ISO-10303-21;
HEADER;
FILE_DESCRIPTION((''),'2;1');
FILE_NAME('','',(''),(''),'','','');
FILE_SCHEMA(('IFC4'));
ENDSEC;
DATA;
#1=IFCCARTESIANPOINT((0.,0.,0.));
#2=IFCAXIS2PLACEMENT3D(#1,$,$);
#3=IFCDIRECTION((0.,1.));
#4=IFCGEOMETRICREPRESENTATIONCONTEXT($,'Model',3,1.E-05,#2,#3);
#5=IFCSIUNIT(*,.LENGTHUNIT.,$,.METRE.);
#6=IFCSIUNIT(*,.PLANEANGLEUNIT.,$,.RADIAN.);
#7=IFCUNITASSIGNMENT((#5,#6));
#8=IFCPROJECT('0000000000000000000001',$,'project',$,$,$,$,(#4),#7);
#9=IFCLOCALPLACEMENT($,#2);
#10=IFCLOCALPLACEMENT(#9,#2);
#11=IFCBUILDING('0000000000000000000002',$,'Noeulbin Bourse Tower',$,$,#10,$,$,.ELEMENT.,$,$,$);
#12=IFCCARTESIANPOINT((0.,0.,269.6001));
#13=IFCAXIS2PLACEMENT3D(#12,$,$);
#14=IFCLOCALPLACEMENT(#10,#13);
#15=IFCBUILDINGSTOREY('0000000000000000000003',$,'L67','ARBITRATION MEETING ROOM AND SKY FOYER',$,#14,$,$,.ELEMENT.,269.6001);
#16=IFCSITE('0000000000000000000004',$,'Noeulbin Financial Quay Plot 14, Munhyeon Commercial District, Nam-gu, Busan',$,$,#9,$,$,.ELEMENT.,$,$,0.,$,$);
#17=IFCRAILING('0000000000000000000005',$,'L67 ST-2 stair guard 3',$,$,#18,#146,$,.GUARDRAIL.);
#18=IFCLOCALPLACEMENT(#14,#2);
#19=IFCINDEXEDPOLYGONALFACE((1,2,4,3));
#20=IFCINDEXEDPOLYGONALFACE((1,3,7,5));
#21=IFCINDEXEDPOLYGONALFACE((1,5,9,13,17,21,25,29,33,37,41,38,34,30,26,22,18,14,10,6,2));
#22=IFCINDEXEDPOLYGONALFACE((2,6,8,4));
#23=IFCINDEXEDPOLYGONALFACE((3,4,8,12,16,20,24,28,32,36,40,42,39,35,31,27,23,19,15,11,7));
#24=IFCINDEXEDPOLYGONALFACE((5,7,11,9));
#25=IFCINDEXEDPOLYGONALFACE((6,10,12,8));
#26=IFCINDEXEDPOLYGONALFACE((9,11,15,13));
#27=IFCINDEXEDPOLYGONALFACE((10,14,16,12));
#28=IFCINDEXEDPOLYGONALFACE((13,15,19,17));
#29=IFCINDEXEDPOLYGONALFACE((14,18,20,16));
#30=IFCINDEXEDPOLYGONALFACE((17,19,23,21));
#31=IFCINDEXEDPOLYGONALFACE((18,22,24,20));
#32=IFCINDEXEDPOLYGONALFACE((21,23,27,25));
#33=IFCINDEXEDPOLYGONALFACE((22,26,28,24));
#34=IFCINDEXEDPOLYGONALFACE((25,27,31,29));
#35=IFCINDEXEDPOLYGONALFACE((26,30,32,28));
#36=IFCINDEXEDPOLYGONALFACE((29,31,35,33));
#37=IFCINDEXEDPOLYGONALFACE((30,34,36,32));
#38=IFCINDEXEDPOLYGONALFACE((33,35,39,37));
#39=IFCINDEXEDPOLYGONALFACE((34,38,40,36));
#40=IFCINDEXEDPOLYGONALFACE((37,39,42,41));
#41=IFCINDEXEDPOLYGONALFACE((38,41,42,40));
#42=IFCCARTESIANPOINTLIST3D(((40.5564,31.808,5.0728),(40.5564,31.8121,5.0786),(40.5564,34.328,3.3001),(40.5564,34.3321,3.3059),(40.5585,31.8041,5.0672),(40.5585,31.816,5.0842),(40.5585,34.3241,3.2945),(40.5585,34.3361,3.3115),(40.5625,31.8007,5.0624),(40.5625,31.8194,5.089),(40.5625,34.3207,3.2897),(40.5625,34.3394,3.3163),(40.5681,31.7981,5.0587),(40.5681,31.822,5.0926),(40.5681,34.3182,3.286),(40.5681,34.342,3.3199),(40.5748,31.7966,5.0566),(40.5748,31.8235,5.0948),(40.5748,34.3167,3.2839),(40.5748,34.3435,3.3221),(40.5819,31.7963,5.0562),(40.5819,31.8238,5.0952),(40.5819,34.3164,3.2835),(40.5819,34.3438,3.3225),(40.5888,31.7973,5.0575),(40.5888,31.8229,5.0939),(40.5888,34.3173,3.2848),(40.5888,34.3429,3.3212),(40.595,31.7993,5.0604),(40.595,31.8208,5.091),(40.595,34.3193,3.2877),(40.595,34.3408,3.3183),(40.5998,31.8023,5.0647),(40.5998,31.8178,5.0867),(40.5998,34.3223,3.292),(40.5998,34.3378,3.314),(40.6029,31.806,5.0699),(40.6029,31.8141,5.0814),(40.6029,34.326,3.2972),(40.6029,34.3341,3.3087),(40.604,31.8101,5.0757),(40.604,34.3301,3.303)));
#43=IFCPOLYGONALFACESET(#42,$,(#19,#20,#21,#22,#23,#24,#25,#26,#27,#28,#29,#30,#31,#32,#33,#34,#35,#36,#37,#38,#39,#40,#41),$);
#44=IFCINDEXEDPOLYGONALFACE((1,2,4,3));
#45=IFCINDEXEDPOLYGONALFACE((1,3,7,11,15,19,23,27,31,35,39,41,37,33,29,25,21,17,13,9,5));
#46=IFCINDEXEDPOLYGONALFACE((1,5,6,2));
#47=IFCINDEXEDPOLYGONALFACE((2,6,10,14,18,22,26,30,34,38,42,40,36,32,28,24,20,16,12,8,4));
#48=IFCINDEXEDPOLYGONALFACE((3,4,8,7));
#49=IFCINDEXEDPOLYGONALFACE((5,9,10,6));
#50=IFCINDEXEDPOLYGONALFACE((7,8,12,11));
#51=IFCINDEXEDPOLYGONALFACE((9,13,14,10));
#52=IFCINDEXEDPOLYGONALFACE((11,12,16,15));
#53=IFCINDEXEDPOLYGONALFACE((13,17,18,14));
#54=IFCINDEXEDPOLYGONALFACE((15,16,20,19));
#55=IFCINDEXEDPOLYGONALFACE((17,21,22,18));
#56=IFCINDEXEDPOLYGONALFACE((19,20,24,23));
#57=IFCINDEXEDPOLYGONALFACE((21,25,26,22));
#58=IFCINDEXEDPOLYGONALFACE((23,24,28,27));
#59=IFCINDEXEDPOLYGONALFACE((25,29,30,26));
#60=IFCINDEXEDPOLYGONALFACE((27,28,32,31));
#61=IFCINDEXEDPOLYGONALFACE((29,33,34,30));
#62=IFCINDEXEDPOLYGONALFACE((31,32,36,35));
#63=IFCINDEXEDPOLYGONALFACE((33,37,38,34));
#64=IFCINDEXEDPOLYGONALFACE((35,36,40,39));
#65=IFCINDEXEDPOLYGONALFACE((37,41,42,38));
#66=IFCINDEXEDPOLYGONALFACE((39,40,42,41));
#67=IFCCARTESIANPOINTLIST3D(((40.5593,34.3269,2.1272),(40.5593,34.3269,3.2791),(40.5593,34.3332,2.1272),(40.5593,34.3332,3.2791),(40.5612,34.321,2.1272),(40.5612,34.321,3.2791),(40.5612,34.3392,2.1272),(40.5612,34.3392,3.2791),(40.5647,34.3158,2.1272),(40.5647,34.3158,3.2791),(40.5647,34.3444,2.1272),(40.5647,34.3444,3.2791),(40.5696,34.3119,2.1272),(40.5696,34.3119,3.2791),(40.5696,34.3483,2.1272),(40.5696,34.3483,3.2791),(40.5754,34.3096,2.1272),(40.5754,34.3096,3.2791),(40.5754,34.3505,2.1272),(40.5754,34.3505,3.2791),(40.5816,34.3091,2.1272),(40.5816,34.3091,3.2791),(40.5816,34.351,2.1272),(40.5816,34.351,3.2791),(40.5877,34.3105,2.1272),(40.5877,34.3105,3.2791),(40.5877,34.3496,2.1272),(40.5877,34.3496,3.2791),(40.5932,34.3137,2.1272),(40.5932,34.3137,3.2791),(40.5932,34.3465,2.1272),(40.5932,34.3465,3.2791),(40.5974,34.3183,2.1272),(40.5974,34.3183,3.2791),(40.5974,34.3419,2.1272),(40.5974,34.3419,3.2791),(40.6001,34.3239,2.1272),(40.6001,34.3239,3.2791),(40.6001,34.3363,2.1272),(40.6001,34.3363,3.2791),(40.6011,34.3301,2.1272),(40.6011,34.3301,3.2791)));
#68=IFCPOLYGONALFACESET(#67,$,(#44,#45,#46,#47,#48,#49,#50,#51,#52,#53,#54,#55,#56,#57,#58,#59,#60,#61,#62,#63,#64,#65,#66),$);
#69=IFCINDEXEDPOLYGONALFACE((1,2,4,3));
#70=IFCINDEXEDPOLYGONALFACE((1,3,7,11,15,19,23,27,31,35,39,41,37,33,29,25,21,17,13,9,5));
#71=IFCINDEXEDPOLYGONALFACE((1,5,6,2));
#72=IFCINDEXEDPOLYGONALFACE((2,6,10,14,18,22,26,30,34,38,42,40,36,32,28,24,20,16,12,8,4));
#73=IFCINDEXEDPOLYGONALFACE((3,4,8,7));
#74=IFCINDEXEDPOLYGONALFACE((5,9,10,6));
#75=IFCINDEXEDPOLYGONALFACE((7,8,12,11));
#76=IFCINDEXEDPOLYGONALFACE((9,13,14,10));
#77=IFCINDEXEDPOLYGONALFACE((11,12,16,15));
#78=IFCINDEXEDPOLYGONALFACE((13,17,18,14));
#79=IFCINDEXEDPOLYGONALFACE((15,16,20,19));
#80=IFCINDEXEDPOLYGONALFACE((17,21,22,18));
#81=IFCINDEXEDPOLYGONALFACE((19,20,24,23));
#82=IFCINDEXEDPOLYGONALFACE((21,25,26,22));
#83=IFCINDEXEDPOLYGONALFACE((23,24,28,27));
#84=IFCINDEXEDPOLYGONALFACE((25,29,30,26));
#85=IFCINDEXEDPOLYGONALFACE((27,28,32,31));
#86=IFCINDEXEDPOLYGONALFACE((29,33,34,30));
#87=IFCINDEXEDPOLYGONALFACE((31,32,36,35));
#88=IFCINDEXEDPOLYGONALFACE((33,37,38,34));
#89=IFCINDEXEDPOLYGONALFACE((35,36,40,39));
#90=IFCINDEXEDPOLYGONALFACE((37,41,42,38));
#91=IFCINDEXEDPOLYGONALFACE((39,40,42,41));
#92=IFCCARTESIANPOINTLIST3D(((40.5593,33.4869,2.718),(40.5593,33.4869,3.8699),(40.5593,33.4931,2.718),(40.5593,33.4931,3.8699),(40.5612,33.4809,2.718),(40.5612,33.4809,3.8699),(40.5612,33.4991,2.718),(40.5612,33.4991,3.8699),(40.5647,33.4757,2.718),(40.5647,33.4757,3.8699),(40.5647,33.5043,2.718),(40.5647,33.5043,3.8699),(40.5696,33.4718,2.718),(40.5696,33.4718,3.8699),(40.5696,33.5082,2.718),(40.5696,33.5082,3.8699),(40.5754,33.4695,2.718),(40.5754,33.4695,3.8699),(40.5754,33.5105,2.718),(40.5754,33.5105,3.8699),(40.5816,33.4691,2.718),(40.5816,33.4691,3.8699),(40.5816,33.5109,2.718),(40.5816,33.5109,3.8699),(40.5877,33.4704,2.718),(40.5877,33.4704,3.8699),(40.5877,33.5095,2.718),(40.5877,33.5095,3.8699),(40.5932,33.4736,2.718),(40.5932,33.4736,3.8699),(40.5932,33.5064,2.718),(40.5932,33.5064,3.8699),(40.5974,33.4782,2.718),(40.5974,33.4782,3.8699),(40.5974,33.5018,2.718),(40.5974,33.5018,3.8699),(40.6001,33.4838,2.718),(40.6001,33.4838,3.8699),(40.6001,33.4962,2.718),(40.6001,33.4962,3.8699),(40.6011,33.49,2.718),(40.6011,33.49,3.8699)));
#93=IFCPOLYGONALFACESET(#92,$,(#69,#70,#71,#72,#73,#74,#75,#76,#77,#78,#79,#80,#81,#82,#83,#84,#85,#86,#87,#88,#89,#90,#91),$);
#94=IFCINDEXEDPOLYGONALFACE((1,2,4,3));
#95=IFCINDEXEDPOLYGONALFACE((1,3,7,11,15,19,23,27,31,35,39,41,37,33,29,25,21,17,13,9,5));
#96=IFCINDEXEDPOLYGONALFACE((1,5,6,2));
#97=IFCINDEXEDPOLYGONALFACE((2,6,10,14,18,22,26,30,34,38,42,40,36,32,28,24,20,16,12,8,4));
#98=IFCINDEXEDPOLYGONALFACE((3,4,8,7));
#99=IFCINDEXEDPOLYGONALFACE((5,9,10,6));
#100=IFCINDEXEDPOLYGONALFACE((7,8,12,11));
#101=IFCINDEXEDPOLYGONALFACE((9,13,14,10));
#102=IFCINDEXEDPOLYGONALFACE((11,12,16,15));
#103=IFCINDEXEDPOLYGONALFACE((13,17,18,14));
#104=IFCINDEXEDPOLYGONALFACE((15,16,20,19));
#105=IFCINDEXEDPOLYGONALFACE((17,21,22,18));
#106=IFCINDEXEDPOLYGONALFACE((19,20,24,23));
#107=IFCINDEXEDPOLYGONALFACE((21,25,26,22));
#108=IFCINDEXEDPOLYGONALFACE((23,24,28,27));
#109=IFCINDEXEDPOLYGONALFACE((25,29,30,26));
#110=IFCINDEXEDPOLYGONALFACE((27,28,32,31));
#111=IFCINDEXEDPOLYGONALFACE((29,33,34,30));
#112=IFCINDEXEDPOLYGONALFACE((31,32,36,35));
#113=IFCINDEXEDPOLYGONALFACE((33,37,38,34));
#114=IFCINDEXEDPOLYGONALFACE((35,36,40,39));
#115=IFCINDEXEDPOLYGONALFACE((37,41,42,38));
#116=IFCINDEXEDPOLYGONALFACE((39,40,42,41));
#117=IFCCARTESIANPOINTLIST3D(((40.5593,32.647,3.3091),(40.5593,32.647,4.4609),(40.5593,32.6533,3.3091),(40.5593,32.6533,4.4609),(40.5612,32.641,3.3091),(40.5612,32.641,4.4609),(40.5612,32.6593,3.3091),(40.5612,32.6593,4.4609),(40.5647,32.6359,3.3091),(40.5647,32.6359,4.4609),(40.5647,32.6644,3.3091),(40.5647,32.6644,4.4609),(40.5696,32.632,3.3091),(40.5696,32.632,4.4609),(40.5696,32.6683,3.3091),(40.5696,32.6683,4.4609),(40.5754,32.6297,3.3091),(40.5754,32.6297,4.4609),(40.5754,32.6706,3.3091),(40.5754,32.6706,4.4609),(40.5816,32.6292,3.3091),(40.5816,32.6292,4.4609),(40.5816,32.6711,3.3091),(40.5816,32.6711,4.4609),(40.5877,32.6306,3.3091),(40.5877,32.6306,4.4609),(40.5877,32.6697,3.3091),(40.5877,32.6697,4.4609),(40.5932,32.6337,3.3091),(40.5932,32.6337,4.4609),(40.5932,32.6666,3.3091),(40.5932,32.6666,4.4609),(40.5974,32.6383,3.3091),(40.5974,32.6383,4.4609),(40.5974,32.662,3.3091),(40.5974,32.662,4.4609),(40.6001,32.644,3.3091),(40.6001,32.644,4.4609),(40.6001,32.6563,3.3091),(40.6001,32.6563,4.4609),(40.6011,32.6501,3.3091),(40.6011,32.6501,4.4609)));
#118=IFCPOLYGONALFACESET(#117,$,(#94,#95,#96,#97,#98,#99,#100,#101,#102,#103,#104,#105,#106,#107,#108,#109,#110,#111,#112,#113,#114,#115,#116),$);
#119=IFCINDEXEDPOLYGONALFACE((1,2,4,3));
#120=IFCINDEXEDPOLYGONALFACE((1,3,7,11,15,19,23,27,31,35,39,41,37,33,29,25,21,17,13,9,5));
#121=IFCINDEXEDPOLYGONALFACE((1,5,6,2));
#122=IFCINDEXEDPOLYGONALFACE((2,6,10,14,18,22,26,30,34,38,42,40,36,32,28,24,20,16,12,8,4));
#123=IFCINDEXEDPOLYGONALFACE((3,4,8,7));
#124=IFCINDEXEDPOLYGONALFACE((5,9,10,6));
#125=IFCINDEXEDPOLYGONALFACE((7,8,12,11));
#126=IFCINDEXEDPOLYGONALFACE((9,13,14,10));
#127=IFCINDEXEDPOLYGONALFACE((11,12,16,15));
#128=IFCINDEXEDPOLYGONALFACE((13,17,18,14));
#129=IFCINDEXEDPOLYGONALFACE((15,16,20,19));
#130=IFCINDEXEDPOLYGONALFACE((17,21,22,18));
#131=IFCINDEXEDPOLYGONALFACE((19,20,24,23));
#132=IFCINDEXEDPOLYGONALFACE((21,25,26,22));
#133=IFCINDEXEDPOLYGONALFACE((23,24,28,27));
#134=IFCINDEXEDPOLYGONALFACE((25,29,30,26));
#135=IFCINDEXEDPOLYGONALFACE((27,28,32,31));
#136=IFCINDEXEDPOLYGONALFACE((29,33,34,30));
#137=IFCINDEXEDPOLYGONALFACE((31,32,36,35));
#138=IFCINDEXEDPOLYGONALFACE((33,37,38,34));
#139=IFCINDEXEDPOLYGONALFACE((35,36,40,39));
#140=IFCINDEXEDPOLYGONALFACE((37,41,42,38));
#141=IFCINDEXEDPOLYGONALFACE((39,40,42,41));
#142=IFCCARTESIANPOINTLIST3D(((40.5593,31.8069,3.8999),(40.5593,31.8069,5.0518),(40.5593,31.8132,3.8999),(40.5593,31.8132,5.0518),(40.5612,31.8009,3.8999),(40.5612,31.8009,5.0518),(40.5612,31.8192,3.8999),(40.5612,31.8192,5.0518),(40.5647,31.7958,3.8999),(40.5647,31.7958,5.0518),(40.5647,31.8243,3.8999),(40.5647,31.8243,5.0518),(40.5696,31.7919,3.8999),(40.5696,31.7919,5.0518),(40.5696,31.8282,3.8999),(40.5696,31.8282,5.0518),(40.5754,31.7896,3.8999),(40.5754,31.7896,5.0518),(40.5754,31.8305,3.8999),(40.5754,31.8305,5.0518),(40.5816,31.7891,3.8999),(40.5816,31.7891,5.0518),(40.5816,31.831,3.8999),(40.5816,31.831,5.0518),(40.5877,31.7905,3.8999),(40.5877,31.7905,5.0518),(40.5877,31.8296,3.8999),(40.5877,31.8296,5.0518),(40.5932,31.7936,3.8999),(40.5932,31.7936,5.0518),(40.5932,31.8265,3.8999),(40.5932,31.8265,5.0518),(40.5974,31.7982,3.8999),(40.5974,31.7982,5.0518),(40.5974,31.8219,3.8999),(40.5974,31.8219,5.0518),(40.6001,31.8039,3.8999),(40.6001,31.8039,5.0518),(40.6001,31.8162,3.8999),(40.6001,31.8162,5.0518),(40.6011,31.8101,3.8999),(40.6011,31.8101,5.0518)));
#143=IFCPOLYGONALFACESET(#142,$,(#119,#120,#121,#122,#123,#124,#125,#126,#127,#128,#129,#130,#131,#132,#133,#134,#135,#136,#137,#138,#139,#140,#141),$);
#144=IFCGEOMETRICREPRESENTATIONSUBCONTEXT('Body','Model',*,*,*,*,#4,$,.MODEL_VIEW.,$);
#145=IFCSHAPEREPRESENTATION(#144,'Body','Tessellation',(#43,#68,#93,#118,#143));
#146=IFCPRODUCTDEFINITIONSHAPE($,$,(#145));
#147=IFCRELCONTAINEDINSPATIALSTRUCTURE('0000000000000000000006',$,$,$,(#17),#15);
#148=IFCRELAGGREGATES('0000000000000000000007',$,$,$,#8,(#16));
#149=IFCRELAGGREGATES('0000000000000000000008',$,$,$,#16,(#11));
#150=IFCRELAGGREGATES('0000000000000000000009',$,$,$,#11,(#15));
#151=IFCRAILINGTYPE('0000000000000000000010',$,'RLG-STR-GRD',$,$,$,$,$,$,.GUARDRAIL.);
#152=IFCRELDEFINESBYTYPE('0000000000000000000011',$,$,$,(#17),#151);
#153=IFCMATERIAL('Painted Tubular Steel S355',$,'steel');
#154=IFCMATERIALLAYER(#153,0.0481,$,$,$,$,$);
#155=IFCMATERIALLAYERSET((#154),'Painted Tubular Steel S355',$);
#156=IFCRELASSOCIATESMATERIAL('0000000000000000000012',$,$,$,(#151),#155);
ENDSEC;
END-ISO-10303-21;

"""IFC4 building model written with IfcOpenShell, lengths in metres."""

from ifc_helpers import new_model, si_unit, direction, frame, origin, origin_2d, place, context, subcontext, project, spatial, circle, extrude, material, layer, layer_set, type_object, element, save


model = new_model("IFC4")

# Units and contexts
model_context = context("Model", 3, precision=1e-05, world=origin(), true_north=direction((0.0, 1.0)))
body_context = subcontext(model_context, "Body", "Model", "MODEL_VIEW")
ifc_project = project(units=[si_unit("LENGTHUNIT", "METRE"), si_unit("PLANEANGLEUNIT", "RADIAN")], contexts=[model_context])

# Site, building, storey
site_placement = place(None, origin())
site = spatial("IfcSite", under=ifc_project, at=site_placement, Name="Noeulbin Financial Quay Plot 14, Munhyeon Commercial District, Nam-gu, Busan", CompositionType="ELEMENT", RefElevation=0.0)
building_placement = place(site_placement, origin())
building = spatial("IfcBuilding", under=site, at=building_placement, Name="Noeulbin Bourse Tower", CompositionType="ELEMENT")
storey_placement = place(building_placement, frame((0.0, 0.0, 269.6001)))
storey = spatial("IfcBuildingStorey", under=building, at=storey_placement, Name="L67", Description="ARBITRATION MEETING ROOM AND SKY FOYER", CompositionType="ELEMENT", Elevation=269.6001)

# Railing
ifc_material_1 = material(Name="Painted Tubular Steel S355", Category="steel")
ifc_layer_1 = layer(ifc_material_1, 0.0481)
ifc_layer_set_1 = layer_set([ifc_layer_1], Name="Painted Tubular Steel S355")
railing_type_1 = type_object("IfcRailingType", Name="RLG-STR-GRD", PredefinedType="GUARDRAIL", material=ifc_layer_set_1)
railing_1_placement = place(storey_placement, frame((40.5801, 34.3301, 2.1272)))
element("IfcRailing", 1, at=railing_1_placement, inside=storey, type_object=railing_type_1, Name="L67 ST-2 stair guard 3", PredefinedType="GUARDRAIL", context=body_context, shape_type="SweptSolid", body=[
    extrude(circle(Radius=0.0239, at=origin_2d()), frame((0.0, 0.0, 1.1758), z_axis=(0.0, -0.817904, 0.575354), x_axis=(1.0, 0.0, 0.0)), (0.0, 0.0, 1.0), 3.0811),
    extrude(circle(Radius=0.021, at=origin_2d()), origin(), (0.0, 0.0, 1.0), 1.1519),
    extrude(circle(Radius=0.021, at=origin_2d()), frame((0.0, -0.8401, 0.5908)), (0.0, 0.0, 1.0), 1.1519),
    extrude(circle(Radius=0.021, at=origin_2d()), frame((0.0, -1.6799, 1.1819)), (0.0, 0.0, 1.0), 1.1519),
    extrude(circle(Radius=0.021, at=origin_2d()), frame((0.0, -2.52, 1.7727)), (0.0, 0.0, 1.0), 1.1519),
])

save(model, "model.ifc")
